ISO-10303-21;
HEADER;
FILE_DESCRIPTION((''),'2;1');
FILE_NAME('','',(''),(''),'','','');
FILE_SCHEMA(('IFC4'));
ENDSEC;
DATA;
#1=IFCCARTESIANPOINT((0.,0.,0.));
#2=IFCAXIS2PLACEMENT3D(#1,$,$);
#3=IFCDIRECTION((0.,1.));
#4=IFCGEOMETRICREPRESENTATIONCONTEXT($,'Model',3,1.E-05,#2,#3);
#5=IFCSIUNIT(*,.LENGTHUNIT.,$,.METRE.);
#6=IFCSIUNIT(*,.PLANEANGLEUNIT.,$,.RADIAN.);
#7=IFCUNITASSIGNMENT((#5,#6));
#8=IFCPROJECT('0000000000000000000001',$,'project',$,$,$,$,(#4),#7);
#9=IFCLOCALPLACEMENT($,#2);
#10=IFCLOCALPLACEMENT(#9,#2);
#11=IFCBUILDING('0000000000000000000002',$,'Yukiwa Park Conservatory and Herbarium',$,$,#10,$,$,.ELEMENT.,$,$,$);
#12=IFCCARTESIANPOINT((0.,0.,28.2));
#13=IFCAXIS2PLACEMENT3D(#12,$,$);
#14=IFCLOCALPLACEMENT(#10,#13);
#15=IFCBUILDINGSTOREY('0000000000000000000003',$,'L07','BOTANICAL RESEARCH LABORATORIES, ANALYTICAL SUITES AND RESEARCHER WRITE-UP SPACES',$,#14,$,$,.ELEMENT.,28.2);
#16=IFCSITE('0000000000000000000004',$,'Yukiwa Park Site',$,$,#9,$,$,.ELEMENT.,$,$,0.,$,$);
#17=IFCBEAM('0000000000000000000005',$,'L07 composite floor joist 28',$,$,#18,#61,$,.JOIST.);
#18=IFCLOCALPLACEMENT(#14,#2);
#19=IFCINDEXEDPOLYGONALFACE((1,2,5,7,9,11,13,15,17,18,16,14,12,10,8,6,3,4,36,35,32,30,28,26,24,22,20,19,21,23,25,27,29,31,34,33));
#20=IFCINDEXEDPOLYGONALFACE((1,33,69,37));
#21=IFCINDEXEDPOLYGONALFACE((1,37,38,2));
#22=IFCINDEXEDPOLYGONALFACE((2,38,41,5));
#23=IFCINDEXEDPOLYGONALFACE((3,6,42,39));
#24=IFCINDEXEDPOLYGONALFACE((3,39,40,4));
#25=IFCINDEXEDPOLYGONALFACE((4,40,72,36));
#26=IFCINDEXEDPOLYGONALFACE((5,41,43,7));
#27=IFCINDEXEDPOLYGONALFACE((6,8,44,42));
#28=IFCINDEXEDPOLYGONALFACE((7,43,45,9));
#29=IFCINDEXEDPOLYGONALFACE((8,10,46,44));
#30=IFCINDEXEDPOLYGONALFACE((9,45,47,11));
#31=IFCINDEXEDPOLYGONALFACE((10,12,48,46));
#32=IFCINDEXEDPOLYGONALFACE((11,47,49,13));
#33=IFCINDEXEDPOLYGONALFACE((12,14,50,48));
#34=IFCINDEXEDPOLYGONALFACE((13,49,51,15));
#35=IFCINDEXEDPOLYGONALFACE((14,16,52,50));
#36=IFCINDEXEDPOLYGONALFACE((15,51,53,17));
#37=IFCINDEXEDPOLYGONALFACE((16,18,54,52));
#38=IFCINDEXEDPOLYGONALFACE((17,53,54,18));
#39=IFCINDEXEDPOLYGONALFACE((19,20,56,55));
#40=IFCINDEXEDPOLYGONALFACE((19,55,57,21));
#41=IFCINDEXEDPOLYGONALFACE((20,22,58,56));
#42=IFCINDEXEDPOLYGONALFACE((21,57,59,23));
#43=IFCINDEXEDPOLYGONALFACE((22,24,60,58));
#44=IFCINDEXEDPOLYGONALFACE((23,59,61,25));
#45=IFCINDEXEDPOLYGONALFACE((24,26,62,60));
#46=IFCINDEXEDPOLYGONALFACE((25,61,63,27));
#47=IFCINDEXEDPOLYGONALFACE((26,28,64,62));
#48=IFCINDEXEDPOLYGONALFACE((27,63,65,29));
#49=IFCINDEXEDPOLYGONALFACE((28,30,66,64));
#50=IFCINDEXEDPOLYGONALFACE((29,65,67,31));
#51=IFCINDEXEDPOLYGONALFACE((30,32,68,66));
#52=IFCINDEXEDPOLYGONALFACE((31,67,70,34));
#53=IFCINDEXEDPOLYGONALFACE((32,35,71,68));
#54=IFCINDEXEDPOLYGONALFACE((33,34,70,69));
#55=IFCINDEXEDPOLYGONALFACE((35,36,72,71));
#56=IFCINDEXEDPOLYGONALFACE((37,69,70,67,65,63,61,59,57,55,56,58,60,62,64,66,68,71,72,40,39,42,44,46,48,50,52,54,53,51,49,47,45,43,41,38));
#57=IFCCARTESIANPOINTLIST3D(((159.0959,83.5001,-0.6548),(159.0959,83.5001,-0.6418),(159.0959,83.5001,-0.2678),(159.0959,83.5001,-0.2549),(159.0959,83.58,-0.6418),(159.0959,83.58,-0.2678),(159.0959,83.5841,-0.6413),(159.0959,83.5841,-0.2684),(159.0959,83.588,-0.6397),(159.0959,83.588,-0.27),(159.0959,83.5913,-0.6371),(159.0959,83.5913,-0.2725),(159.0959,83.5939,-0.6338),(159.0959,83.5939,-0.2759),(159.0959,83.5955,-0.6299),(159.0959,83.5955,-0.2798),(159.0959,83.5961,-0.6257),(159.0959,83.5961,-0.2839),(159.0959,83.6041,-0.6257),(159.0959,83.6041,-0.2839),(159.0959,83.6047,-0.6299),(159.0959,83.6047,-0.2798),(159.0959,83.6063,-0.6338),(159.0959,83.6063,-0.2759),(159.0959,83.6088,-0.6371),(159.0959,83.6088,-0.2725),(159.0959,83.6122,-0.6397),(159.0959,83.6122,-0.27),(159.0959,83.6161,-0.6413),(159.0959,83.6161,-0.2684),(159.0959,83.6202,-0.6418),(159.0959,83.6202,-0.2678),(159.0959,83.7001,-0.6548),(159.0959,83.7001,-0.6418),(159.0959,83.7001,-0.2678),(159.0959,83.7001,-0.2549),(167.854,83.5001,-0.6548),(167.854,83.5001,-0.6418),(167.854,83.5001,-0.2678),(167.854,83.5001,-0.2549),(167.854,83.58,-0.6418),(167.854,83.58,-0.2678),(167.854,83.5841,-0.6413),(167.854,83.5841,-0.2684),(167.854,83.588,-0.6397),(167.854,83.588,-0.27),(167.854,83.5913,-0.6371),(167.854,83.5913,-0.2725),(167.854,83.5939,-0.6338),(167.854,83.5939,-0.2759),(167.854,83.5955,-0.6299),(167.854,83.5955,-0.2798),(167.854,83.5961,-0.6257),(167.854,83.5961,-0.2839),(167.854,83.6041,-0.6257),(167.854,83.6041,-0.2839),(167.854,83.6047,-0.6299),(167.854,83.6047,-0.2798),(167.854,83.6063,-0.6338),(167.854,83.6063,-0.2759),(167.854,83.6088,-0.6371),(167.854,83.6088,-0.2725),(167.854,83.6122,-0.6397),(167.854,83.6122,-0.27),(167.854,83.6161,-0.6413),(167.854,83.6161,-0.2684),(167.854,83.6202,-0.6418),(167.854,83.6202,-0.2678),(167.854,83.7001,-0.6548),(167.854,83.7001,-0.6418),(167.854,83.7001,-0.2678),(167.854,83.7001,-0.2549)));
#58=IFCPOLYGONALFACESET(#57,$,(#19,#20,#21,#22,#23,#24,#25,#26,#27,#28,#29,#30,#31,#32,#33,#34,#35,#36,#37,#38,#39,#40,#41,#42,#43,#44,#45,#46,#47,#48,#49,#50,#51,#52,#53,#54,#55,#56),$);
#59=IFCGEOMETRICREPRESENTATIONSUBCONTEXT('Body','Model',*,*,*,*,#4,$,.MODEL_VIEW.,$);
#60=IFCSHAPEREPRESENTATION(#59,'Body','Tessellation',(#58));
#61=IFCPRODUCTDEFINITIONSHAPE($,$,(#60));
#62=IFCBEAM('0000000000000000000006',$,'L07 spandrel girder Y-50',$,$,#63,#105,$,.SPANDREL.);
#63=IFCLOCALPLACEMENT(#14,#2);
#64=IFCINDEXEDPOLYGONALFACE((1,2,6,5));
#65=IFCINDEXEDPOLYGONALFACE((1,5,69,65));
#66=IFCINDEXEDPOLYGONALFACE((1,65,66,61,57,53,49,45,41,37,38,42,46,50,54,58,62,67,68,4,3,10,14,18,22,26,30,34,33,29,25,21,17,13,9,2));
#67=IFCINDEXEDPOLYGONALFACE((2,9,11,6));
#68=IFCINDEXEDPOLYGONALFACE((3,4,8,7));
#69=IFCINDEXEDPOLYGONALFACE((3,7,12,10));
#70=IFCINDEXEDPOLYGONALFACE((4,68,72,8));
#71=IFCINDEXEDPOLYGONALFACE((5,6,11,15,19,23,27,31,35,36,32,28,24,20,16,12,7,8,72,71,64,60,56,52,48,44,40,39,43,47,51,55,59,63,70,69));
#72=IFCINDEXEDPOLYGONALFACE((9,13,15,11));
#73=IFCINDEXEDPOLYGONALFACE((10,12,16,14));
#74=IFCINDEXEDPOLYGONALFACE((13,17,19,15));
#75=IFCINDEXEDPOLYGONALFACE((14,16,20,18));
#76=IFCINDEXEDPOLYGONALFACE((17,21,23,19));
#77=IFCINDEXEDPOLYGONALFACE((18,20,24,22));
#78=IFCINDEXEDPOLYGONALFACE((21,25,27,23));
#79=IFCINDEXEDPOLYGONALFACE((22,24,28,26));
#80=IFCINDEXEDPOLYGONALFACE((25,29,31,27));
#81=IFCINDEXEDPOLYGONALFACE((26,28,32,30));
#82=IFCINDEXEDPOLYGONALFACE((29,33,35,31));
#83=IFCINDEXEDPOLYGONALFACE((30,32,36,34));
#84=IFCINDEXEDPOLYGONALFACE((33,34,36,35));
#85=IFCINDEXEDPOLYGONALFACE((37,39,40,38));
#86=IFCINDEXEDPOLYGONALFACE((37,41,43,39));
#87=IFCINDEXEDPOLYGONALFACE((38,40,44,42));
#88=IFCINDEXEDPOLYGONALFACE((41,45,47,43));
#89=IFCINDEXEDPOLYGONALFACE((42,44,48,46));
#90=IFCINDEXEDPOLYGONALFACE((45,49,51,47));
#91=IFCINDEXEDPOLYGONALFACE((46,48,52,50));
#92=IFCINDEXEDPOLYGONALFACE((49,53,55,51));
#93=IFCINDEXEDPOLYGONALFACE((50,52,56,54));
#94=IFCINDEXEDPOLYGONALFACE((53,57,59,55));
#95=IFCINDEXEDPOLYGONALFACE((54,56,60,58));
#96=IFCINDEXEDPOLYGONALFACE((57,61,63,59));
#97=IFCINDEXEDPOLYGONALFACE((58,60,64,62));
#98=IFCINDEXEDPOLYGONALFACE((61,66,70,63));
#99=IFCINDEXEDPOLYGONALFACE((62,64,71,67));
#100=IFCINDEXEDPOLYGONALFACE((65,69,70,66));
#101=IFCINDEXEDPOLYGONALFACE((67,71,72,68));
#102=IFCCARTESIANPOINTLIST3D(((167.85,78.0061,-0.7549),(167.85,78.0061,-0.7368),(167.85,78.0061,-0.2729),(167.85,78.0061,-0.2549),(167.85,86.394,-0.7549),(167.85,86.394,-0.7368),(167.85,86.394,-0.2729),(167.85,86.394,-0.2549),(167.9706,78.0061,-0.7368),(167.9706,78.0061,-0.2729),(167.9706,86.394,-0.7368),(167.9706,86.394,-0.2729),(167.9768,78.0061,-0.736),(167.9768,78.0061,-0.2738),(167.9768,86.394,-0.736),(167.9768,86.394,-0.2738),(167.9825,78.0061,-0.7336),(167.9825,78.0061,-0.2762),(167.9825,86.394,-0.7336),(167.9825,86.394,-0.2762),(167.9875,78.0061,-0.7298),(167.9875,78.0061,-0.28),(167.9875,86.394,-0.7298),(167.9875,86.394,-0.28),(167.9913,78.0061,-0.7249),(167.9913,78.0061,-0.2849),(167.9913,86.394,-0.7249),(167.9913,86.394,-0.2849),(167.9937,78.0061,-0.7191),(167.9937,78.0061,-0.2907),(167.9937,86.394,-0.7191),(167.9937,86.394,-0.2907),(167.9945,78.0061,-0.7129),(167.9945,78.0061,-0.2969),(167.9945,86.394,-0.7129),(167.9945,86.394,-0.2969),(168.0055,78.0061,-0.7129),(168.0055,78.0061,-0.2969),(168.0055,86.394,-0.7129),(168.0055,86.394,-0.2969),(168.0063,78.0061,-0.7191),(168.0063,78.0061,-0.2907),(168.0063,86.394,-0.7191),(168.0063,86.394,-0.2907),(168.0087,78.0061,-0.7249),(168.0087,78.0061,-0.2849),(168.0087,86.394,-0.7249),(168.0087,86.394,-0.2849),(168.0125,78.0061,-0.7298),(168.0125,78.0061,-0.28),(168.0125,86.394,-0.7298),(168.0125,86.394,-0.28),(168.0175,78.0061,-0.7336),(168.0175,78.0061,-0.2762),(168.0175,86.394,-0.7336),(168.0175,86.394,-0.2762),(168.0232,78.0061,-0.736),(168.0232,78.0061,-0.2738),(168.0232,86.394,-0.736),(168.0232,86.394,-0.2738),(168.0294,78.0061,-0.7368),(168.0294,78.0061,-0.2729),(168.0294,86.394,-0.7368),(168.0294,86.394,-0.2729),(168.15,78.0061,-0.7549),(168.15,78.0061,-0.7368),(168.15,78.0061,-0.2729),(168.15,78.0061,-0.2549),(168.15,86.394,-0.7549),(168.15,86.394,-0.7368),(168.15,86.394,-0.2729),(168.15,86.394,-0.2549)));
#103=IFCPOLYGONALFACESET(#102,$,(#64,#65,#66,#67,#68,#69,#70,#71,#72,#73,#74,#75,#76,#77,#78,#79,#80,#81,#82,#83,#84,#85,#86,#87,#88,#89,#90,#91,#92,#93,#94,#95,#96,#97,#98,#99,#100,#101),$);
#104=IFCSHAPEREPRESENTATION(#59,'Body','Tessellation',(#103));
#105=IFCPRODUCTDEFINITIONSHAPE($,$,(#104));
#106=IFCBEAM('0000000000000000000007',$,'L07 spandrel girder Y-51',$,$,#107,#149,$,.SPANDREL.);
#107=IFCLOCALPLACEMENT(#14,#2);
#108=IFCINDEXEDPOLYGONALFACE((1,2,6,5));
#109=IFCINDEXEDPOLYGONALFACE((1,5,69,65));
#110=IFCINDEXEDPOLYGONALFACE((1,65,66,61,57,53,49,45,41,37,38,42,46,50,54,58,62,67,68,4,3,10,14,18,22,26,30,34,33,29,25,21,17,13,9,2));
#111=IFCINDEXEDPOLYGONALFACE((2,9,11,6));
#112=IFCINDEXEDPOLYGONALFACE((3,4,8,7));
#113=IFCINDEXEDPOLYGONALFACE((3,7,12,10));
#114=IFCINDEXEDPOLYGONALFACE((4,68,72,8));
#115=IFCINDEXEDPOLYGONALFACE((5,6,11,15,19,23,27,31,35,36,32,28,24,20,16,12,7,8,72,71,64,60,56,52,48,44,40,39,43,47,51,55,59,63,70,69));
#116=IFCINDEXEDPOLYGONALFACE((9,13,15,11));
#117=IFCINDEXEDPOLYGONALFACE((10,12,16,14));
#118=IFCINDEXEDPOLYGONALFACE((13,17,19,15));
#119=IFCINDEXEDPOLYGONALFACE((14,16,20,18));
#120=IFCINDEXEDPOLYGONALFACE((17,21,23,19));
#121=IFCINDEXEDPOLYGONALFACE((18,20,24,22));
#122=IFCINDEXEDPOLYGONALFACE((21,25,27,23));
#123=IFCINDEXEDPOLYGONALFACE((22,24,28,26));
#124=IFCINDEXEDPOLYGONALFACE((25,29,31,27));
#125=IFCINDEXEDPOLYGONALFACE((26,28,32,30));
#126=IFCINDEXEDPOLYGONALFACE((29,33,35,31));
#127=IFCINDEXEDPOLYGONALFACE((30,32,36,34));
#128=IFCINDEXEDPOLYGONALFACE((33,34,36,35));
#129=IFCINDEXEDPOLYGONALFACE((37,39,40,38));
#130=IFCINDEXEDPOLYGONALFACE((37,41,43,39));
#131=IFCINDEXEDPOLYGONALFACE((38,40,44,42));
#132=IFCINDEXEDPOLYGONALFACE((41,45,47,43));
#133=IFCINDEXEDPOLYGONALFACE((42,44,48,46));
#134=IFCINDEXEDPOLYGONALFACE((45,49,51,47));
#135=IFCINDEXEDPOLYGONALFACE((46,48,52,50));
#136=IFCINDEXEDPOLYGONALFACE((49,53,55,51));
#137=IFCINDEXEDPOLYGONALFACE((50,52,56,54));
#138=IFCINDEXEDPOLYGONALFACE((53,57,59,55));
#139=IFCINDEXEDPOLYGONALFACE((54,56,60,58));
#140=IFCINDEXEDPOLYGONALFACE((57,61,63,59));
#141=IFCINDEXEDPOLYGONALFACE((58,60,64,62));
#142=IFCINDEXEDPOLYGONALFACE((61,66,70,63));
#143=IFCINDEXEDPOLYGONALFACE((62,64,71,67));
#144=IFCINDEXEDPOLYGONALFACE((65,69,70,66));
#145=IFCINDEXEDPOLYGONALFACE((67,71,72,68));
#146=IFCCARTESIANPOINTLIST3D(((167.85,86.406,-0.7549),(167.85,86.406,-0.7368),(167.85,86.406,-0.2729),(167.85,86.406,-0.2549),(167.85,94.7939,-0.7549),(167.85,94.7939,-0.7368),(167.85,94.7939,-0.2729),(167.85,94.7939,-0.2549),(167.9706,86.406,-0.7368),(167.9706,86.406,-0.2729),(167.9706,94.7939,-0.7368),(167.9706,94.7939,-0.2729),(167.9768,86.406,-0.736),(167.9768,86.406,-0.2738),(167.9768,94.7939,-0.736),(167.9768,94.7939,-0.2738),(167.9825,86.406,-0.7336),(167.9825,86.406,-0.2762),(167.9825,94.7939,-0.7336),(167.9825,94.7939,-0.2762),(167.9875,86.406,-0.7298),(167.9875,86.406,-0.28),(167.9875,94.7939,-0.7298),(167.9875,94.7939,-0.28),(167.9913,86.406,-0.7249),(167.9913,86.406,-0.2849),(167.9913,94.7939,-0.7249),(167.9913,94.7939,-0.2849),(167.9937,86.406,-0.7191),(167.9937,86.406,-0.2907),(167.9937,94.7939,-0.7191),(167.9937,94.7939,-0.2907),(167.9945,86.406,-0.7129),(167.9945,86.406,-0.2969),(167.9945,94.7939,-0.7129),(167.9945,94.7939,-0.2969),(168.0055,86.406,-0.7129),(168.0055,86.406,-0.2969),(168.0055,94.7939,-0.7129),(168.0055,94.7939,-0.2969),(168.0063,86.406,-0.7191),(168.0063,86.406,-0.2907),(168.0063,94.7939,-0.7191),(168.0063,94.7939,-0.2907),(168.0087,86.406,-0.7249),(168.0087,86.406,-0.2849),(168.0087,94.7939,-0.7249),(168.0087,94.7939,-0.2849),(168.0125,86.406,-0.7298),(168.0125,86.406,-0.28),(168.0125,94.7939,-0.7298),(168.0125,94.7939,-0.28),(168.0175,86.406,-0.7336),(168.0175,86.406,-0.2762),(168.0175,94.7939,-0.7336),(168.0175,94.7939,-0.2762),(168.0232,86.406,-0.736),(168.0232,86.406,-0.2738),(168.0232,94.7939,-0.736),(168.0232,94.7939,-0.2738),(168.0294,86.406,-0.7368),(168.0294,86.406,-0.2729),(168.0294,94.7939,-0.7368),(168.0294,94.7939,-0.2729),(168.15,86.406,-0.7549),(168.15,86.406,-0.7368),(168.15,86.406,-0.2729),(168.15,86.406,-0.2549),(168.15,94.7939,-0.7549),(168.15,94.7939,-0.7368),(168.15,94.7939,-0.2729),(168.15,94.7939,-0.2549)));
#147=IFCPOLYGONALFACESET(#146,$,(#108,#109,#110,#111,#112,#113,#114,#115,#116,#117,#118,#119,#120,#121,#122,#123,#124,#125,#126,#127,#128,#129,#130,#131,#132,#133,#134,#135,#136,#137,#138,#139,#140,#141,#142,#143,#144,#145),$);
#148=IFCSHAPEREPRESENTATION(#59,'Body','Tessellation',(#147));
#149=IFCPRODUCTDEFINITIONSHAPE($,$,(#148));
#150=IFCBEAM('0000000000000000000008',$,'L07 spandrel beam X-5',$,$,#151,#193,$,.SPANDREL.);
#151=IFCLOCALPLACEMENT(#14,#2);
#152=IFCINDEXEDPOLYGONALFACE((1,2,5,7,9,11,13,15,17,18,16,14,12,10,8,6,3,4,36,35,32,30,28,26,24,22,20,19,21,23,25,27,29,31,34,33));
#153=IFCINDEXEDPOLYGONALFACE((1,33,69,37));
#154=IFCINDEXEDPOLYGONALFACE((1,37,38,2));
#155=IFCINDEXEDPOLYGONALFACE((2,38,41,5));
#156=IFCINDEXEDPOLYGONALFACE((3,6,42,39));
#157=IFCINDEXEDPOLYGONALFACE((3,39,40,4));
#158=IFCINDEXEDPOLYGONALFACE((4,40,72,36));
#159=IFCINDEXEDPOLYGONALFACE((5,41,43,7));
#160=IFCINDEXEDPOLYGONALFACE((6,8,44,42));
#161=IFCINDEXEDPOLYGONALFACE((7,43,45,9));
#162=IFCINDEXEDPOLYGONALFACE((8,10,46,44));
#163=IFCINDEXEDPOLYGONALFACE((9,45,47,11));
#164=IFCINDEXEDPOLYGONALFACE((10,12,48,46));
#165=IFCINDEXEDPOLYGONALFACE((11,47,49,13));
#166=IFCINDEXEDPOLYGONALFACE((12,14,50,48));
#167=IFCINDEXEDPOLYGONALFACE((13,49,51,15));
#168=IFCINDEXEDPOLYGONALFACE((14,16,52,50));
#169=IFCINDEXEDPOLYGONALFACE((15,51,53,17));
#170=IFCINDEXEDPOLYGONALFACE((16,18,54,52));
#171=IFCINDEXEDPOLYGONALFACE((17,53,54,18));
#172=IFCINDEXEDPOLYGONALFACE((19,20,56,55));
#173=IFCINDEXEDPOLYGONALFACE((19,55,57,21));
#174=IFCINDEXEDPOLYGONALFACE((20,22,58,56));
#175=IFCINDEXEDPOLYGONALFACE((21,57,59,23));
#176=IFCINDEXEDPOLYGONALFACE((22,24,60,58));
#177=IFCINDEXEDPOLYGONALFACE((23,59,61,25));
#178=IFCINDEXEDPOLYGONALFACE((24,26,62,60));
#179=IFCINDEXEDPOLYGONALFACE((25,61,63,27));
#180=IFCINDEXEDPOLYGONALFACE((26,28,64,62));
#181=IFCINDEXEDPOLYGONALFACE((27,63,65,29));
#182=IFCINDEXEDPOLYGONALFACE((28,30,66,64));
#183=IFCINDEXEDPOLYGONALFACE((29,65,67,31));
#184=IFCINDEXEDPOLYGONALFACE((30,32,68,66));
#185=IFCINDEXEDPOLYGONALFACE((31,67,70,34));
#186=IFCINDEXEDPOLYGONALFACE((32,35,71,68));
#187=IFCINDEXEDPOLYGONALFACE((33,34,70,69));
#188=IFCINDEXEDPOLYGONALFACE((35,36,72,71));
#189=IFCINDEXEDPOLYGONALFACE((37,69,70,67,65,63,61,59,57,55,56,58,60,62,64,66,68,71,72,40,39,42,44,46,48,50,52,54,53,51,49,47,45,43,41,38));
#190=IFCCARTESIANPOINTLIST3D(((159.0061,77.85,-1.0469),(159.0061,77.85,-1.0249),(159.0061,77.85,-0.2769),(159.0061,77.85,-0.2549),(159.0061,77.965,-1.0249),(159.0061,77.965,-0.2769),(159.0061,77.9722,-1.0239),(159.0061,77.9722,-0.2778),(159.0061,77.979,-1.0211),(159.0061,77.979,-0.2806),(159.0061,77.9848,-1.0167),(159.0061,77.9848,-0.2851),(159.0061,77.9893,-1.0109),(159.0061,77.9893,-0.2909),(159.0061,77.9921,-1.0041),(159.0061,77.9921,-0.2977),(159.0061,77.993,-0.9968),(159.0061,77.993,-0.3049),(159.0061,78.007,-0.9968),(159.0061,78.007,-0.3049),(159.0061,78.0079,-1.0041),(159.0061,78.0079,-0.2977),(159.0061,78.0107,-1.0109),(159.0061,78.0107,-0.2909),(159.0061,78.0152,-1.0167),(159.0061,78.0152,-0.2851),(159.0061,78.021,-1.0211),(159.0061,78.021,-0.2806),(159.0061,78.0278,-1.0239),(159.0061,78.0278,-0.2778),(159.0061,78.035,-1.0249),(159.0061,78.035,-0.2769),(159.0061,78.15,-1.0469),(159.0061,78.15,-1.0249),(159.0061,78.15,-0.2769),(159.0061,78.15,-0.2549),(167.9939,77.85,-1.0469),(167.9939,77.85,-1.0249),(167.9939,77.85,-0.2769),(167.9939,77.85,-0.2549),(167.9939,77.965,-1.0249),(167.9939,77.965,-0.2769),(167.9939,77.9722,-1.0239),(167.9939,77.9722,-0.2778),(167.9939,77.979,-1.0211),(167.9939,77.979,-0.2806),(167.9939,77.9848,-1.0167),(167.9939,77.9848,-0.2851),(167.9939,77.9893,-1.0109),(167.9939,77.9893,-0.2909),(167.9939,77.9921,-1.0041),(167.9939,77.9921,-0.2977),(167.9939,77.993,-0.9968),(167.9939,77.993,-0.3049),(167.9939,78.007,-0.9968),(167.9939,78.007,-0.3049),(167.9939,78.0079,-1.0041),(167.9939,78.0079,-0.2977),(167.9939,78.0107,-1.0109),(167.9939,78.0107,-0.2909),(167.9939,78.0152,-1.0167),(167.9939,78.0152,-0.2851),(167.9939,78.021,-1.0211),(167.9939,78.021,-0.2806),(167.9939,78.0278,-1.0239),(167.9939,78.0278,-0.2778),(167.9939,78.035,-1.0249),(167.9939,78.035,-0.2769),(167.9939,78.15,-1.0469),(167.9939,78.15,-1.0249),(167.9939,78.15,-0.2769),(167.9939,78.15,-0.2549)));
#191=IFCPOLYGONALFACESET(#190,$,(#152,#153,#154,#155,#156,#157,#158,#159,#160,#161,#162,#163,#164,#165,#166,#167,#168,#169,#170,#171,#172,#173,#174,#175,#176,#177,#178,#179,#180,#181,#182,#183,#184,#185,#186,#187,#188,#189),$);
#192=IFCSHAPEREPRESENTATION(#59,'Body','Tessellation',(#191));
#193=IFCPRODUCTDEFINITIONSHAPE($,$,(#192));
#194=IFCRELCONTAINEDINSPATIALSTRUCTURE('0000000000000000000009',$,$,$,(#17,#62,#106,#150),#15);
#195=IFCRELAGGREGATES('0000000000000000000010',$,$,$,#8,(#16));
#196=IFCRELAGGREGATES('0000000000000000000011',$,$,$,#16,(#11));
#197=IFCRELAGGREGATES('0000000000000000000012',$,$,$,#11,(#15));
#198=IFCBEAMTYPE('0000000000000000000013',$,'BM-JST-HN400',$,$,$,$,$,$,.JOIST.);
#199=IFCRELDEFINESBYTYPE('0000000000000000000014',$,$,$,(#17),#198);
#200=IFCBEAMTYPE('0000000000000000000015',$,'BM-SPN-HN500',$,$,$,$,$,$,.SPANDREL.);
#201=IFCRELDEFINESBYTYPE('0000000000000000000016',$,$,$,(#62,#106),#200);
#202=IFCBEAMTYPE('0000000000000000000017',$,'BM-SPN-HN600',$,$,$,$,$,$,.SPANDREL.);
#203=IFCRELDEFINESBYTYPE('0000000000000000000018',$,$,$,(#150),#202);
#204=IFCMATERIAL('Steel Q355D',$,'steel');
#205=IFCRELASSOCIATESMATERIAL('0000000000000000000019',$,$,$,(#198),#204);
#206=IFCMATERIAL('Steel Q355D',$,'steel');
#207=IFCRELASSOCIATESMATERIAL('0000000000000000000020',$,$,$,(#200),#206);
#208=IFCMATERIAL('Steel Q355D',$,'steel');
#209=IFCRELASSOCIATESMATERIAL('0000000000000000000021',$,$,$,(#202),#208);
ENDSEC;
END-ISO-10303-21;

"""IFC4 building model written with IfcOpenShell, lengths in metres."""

from ifc_helpers import new_model, si_unit, direction, frame, origin, origin_2d, place, context, subcontext, project, spatial, i_section, extrude, material, material_profile, profile_set, type_object, element, save


model = new_model("IFC4")

# Units and contexts
model_context = context("Model", 3, precision=1e-05, world=origin(), true_north=direction((0.0, 1.0)))
body_context = subcontext(model_context, "Body", "Model", "MODEL_VIEW")
ifc_project = project(units=[si_unit("LENGTHUNIT", "METRE"), si_unit("PLANEANGLEUNIT", "RADIAN")], contexts=[model_context])

# Site, building, storey
site_placement = place(None, origin())
site = spatial("IfcSite", under=ifc_project, at=site_placement, Name="Yukiwa Park Site", CompositionType="ELEMENT", RefElevation=0.0)
building_placement = place(site_placement, origin())
building = spatial("IfcBuilding", under=site, at=building_placement, Name="Yukiwa Park Conservatory and Herbarium", CompositionType="ELEMENT")
storey_placement = place(building_placement, frame((0.0, 0.0, 28.2)))
storey = spatial("IfcBuildingStorey", under=building, at=storey_placement, Name="L07", Description="BOTANICAL RESEARCH LABORATORIES, ANALYTICAL SUITES AND RESEARCHER WRITE-UP SPACES", CompositionType="ELEMENT", Elevation=28.2)

# Beams
ifc_material_1 = material(Name="Steel Q355D", Category="steel")
ifc_material_profile_1 = material_profile(ifc_material_1, i_section(OverallWidth=0.2, OverallDepth=0.3999, WebThickness=0.0081, FlangeThickness=0.0129, FilletRadius=0.0161, at=origin_2d()), Name="HN 400x200x8x13")
ifc_profile_set_1 = profile_set([ifc_material_profile_1], Name="Steel Q355D")
beam_type_1 = type_object("IfcBeamType", Name="BM-JST-HN400", PredefinedType="JOIST", material=ifc_profile_set_1)
for number, where, z_axis, x_axis, name in (
    (1, (159.0959, 83.6001, -0.4548), (1.0, 0.0, 0.0), (0.0, 1.0, 0.0), "L07 composite floor joist 28"),
):
    element("IfcBeam", number, at=place(storey_placement, frame(where, z_axis=z_axis, x_axis=x_axis)), inside=storey, type_object=beam_type_1, Name=name, PredefinedType="JOIST", context=body_context, shape_type="SweptSolid", body=[
        extrude(i_section(OverallWidth=0.2, OverallDepth=0.3999, WebThickness=0.0081, FlangeThickness=0.0129, FilletRadius=0.0161, at=origin_2d()), origin(), (0.0, 0.0, 1.0), 8.7581),
    ])
ifc_material_2 = material(Name="Steel Q355D", Category="steel")
ifc_material_profile_2 = material_profile(ifc_material_2, i_section(OverallWidth=0.3, OverallDepth=0.5, WebThickness=0.011, FlangeThickness=0.0181, FilletRadius=0.0239, at=origin_2d()), Name="HM 500x300x11x18")
ifc_profile_set_2 = profile_set([ifc_material_profile_2], Name="Steel Q355D")
beam_type_2 = type_object("IfcBeamType", Name="BM-SPN-HN500", PredefinedType="SPANDREL", material=ifc_profile_set_2)
for number, where, z_axis, x_axis, name in (
    (2, (168.0, 78.0061, -0.5049), (0.0, 1.0, 0.0), (-1.0, 0.0, 0.0), "L07 spandrel girder Y-50"),
    (3, (168.0, 86.406, -0.5049), (0.0, 1.0, 0.0), (-1.0, 0.0, 0.0), "L07 spandrel girder Y-51"),
):
    element("IfcBeam", number, at=place(storey_placement, frame(where, z_axis=z_axis, x_axis=x_axis)), inside=storey, type_object=beam_type_2, Name=name, PredefinedType="SPANDREL", context=body_context, shape_type="SweptSolid", body=[
        extrude(i_section(OverallWidth=0.3, OverallDepth=0.5, WebThickness=0.011, FlangeThickness=0.0181, FilletRadius=0.0239, at=origin_2d()), origin(), (0.0, 0.0, 1.0), 8.3879),
    ])
ifc_material_3 = material(Name="Steel Q355D", Category="steel")
ifc_material_profile_3 = material_profile(ifc_material_3, i_section(OverallWidth=0.3, OverallDepth=0.792, WebThickness=0.0139, FlangeThickness=0.022, FilletRadius=0.0281, at=origin_2d()), Name="HN 792x300x14x22")
ifc_profile_set_3 = profile_set([ifc_material_profile_3], Name="Steel Q355D")
beam_type_3 = type_object("IfcBeamType", Name="BM-SPN-HN600", PredefinedType="SPANDREL", material=ifc_profile_set_3)
beam_1_placement = place(storey_placement, frame((159.0061, 78.0, -0.6509), z_axis=(1.0, 0.0, 0.0), x_axis=(0.0, 1.0, 0.0)))
element("IfcBeam", 4, at=beam_1_placement, inside=storey, type_object=beam_type_3, Name="L07 spandrel beam X-5", PredefinedType="SPANDREL", context=body_context, shape_type="SweptSolid", body=[
    extrude(i_section(OverallWidth=0.3, OverallDepth=0.792, WebThickness=0.0139, FlangeThickness=0.022, FilletRadius=0.0281, at=origin_2d()), origin(), (0.0, 0.0, 1.0), 8.9878),
])

save(model, "model.ifc")
